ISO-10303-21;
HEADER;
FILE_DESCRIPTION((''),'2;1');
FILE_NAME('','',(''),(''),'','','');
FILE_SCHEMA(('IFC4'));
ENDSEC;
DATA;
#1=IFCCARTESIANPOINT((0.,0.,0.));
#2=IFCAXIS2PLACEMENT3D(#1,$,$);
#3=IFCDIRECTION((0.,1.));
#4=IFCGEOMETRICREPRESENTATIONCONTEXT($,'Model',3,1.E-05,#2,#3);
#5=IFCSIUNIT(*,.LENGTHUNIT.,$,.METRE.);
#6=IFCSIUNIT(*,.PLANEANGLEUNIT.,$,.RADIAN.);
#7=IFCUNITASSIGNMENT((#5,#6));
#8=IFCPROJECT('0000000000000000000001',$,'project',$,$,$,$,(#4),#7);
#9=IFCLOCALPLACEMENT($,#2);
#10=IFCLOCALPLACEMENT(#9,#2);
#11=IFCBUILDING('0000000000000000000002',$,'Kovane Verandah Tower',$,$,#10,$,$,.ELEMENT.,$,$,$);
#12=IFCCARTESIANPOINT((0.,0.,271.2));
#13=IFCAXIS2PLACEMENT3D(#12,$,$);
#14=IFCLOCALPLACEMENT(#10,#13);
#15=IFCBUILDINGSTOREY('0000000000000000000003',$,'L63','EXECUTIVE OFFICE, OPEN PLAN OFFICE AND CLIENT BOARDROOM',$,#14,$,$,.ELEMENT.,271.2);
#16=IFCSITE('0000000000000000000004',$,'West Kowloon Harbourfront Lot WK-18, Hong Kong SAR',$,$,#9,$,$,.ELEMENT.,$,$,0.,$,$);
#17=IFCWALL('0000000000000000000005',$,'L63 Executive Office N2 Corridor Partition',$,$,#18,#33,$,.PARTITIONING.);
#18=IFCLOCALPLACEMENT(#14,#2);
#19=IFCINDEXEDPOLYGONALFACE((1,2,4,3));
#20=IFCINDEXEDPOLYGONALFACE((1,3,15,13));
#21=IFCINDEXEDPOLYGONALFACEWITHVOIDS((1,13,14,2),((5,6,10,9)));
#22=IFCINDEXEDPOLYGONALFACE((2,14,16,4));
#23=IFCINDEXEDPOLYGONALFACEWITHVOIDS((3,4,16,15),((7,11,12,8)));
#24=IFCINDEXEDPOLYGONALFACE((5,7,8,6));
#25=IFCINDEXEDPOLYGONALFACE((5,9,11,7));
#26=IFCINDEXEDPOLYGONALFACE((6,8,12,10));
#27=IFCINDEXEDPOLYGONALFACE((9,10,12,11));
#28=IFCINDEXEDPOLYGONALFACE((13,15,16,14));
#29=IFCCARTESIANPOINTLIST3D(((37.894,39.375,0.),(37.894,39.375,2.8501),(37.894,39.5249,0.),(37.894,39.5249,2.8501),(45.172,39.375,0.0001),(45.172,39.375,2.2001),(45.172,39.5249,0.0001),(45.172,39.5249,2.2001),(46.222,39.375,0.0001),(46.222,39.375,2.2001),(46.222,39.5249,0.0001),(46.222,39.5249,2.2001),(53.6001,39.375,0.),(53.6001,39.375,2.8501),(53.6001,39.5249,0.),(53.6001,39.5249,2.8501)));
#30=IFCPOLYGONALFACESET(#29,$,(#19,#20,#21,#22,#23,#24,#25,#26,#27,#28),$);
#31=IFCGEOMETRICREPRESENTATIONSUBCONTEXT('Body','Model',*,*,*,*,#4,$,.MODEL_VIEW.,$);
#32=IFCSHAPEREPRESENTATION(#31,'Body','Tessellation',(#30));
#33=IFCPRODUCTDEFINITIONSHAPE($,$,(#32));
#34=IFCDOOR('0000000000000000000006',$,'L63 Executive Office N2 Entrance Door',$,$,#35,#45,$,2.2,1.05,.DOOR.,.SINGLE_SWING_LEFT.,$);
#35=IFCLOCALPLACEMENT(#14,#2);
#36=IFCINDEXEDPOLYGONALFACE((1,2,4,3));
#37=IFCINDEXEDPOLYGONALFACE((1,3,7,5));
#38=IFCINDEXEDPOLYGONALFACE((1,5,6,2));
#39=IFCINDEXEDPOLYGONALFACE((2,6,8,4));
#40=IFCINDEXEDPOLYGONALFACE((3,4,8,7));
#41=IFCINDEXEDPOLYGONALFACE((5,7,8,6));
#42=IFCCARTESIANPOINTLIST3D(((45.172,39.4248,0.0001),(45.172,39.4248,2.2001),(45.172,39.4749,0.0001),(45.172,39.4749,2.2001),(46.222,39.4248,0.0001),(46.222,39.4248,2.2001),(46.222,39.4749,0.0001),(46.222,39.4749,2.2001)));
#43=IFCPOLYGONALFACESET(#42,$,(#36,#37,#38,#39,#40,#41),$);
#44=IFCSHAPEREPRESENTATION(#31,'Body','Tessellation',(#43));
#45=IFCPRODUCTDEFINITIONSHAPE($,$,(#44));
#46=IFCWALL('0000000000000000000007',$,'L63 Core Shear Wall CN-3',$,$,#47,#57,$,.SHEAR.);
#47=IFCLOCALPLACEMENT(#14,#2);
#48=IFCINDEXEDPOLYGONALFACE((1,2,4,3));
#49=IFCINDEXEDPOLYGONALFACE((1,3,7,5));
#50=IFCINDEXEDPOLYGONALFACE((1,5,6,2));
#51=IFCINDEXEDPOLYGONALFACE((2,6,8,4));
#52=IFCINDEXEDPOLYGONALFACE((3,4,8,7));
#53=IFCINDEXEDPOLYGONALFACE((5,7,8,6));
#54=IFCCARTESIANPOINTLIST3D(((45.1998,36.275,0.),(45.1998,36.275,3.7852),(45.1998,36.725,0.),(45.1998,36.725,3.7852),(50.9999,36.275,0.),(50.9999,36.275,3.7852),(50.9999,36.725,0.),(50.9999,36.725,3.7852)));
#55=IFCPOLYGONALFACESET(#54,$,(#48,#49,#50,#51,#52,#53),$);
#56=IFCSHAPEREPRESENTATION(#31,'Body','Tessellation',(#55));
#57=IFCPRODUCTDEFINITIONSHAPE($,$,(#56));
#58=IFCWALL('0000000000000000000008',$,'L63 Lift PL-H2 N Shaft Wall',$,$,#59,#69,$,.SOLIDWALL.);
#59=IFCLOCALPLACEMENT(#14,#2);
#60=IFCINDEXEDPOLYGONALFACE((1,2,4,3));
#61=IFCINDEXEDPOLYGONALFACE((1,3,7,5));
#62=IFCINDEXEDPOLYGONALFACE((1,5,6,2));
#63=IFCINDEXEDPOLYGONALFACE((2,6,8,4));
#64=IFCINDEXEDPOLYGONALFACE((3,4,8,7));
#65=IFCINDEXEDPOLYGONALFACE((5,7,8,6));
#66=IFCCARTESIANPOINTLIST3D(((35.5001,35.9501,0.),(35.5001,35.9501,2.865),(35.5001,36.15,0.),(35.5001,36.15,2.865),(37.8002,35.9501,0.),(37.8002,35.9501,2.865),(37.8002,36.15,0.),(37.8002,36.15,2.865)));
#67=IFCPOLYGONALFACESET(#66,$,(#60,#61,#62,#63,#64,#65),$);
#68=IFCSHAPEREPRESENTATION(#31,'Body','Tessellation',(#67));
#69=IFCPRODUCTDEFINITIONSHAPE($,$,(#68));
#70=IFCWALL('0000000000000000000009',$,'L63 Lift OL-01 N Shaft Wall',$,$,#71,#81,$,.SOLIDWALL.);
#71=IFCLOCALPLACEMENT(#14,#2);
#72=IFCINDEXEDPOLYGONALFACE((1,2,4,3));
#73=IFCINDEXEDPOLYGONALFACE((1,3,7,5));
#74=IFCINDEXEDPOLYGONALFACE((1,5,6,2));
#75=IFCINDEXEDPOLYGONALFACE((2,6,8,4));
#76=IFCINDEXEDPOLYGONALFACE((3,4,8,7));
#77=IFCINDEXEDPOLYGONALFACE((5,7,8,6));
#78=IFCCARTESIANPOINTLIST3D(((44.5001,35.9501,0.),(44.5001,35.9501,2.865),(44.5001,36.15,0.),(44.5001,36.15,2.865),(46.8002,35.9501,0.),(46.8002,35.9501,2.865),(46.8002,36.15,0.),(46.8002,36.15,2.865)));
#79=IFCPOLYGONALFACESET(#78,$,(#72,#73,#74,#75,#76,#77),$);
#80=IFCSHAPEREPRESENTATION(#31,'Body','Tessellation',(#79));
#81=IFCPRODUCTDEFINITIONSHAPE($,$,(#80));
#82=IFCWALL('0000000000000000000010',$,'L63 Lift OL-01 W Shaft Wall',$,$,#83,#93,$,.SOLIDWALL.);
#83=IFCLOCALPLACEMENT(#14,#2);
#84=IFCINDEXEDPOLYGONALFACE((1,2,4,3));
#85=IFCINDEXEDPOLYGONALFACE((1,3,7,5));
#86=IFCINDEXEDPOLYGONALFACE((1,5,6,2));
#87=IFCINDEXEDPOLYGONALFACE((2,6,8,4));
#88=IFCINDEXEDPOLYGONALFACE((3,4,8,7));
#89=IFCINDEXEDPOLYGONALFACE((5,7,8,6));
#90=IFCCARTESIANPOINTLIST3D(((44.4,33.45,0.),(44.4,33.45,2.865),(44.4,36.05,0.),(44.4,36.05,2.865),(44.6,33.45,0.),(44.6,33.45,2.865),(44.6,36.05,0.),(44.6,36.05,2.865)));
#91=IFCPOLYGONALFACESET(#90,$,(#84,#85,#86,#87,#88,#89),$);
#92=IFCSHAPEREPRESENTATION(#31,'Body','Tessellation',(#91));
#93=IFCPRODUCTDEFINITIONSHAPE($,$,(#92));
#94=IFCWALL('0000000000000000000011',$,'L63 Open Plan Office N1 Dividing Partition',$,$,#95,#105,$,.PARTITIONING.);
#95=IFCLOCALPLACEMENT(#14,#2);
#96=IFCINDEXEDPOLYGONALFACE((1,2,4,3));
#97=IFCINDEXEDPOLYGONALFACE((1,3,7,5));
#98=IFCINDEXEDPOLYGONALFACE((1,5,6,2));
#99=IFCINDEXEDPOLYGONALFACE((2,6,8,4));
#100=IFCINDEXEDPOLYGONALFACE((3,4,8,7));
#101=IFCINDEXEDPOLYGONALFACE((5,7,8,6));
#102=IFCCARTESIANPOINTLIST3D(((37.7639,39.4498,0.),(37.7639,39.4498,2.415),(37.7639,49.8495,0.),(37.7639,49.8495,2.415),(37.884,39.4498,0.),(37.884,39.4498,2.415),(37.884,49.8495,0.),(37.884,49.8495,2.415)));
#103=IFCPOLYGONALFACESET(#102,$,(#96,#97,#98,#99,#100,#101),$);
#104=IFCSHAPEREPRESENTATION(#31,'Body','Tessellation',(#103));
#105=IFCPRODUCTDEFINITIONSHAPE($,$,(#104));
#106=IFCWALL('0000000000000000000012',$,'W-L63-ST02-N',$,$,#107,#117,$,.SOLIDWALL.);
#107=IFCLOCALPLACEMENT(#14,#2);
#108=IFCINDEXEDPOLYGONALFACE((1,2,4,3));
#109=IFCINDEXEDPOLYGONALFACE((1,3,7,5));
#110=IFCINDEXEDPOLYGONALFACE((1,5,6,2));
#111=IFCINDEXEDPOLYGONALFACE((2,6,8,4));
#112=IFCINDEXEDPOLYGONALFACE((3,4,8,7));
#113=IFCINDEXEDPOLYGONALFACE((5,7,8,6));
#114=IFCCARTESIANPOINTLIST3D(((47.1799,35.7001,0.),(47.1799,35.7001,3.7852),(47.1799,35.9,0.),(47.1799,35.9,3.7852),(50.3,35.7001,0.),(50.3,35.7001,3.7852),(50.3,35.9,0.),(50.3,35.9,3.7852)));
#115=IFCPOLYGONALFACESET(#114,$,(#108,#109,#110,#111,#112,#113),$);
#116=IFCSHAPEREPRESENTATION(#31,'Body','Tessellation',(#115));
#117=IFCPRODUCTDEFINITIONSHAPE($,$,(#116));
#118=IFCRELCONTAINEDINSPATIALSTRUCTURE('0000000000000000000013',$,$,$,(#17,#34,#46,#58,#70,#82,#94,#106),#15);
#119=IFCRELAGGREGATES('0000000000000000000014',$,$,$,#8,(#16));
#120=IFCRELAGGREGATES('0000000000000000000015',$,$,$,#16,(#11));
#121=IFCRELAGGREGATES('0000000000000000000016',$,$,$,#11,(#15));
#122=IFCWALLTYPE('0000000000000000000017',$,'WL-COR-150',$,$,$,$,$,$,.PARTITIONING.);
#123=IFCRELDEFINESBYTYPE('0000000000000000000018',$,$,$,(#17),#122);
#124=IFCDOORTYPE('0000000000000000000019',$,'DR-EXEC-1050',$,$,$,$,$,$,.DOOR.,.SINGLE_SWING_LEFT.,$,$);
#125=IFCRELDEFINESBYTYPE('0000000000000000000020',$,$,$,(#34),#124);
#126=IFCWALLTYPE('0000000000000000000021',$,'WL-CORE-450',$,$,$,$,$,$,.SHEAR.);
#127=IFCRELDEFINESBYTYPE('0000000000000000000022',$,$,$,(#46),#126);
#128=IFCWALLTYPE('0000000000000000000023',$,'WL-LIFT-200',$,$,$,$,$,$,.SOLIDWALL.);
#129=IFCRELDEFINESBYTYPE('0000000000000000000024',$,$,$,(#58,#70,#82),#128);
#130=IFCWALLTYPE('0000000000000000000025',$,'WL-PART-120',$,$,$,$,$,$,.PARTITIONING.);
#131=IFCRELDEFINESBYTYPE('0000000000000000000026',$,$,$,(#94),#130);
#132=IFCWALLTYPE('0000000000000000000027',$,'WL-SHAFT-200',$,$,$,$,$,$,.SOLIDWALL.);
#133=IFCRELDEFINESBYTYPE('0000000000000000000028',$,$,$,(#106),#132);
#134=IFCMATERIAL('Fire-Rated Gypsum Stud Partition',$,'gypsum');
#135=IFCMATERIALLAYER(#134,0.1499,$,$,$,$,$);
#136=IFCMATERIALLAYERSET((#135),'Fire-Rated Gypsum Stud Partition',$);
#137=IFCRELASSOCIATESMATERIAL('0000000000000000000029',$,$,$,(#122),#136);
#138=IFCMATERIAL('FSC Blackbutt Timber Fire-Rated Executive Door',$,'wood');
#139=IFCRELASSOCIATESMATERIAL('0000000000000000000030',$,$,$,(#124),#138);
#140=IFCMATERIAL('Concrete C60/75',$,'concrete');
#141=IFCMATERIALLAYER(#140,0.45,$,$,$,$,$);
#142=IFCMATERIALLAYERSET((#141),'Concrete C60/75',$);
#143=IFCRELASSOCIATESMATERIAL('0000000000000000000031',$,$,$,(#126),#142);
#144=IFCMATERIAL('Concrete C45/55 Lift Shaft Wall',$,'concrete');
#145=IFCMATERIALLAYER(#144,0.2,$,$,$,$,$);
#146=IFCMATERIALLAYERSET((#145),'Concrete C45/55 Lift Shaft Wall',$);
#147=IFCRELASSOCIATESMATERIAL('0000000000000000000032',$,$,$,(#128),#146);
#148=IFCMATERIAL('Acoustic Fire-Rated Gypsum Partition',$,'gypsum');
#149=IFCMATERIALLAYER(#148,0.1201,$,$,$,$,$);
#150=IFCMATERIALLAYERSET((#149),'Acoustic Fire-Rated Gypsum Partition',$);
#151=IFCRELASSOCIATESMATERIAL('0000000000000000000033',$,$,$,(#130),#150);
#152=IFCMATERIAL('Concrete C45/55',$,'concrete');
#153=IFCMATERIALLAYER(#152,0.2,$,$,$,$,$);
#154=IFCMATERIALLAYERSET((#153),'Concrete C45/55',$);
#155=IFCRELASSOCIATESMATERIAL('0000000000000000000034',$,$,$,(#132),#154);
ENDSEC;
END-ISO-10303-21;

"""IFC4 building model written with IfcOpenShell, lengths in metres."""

from ifc_helpers import new_model, si_unit, direction, frame, frame_2d, origin, place, context, subcontext, project, spatial, rectangle, extrude, material, layer, layer_set, type_object, element, fill, save


model = new_model("IFC4")

# Units and contexts
model_context = context("Model", 3, precision=1e-05, world=origin(), true_north=direction((0.0, 1.0)))
body_context = subcontext(model_context, "Body", "Model", "MODEL_VIEW")
ifc_project = project(units=[si_unit("LENGTHUNIT", "METRE"), si_unit("PLANEANGLEUNIT", "RADIAN")], contexts=[model_context])

# Site, building, storey
site_placement = place(None, origin())
site = spatial("IfcSite", under=ifc_project, at=site_placement, Name="West Kowloon Harbourfront Lot WK-18, Hong Kong SAR", CompositionType="ELEMENT", RefElevation=0.0)
building_placement = place(site_placement, origin())
building = spatial("IfcBuilding", under=site, at=building_placement, Name="Kovane Verandah Tower", CompositionType="ELEMENT")
storey_placement = place(building_placement, frame((0.0, 0.0, 271.2)))
storey = spatial("IfcBuildingStorey", under=building, at=storey_placement, Name="L63", Description="EXECUTIVE OFFICE, OPEN PLAN OFFICE AND CLIENT BOARDROOM", CompositionType="ELEMENT", Elevation=271.2)

# Shared definitions
ifc_material_1 = material(Name="Concrete C60/75", Category="concrete")

# Shared definitions
ifc_material_2 = material(Name="Fire-Rated Gypsum Stud Partition", Category="gypsum")
ifc_layer_1 = layer(ifc_material_2, 0.1499)
ifc_layer_set_1 = layer_set([ifc_layer_1], Name="Fire-Rated Gypsum Stud Partition")
wall_type_1 = type_object("IfcWallType", Name="WL-COR-150", PredefinedType="PARTITIONING", material=ifc_layer_set_1)

# Wall, opening, door
wall_1_placement = place(storey_placement, frame((37.894, 39.45, 0.0), z_axis=(0.0, 0.0, 1.0), x_axis=(1.0, 0.0, 0.0)))
wall_1 = element("IfcWall", 1, at=wall_1_placement, inside=storey, type_object=wall_type_1, Name="L63 Executive Office N2 Corridor Partition", PredefinedType="PARTITIONING", context=body_context, shape_type="SweptSolid", body=[
    extrude(rectangle(XDim=15.7061, YDim=0.1499, at=frame_2d((7.853, 0.0))), origin(), (0.0, 0.0, 1.0), 2.8501),
])
opening_1_placement = place(wall_1_placement, frame((7.2781, 0.0, 0.0)))
opening_1 = element("IfcOpeningElement", 2, at=opening_1_placement, cuts=wall_1, PredefinedType="OPENING", context=body_context, shape_type="SweptSolid", body=[
    extrude(rectangle(XDim=1.05, YDim=2.2, at=frame_2d((0.5249, 1.1001))), frame((0.0, 0.075, 0.0), z_axis=(0.0, -1.0, 0.0), x_axis=(1.0, 0.0, 0.0)), (0.0, 0.0, 1.0), 0.1499),
])
ifc_material_3 = material(Name="FSC Blackbutt Timber Fire-Rated Executive Door", Category="wood")
door_type_1 = type_object("IfcDoorType", Name="DR-EXEC-1050", OperationType="SINGLE_SWING_LEFT", PredefinedType="DOOR", material=ifc_material_3)
door_1_placement = place(opening_1_placement, origin())
door_1 = element("IfcDoor", 3, at=door_1_placement, inside=storey, type_object=door_type_1, Name="L63 Executive Office N2 Entrance Door", OperationType="SINGLE_SWING_LEFT", OverallHeight=2.2, OverallWidth=1.05, PredefinedType="DOOR", context=body_context, shape_type="SweptSolid", body=[
    extrude(rectangle(XDim=1.05, YDim=2.2, at=frame_2d((0.5249, 1.1001))), frame((0.0, 0.0249, 0.0), z_axis=(0.0, -1.0, 0.0), x_axis=(1.0, 0.0, 0.0)), (0.0, 0.0, 1.0), 0.05),
])
fill(opening_1, door_1)
ifc_layer_2 = layer(ifc_material_1, 0.45)
ifc_layer_set_2 = layer_set([ifc_layer_2], Name="Concrete C60/75")
wall_type_2 = type_object("IfcWallType", Name="WL-CORE-450", PredefinedType="SHEAR", material=ifc_layer_set_2)

# Walls
wall_2_placement = place(storey_placement, frame((45.2, 36.5, 0.0), z_axis=(0.0, 0.0, 1.0), x_axis=(1.0, 0.0, 0.0)))
element("IfcWall", 4, at=wall_2_placement, inside=storey, type_object=wall_type_2, Name="L63 Core Shear Wall CN-3", PredefinedType="SHEAR", context=body_context, shape_type="SweptSolid", body=[
    extrude(rectangle(XDim=5.8, YDim=0.45, at=frame_2d((2.8999, 0.0))), origin(), (0.0, 0.0, 1.0), 3.7852),
])
ifc_material_4 = material(Name="Concrete C45/55 Lift Shaft Wall", Category="concrete")
ifc_layer_3 = layer(ifc_material_4, 0.2)
ifc_layer_set_3 = layer_set([ifc_layer_3], Name="Concrete C45/55 Lift Shaft Wall")
wall_type_3 = type_object("IfcWallType", Name="WL-LIFT-200", PredefinedType="SOLIDWALL", material=ifc_layer_set_3)
for number, where, z_axis, x_axis, name in (
    (5, (37.8, 36.05, 0.0), (0.0, 0.0, 1.0), (-1.0, 0.0, 0.0), "L63 Lift PL-H2 N Shaft Wall"),
    (6, (46.8, 36.05, 0.0), (0.0, 0.0, 1.0), (-1.0, 0.0, 0.0), "L63 Lift OL-01 N Shaft Wall"),
):
    element("IfcWall", number, at=place(storey_placement, frame(where, z_axis=z_axis, x_axis=x_axis)), inside=storey, type_object=wall_type_3, Name=name, PredefinedType="SOLIDWALL", context=body_context, shape_type="SweptSolid", body=[
        extrude(rectangle(XDim=2.3, YDim=0.2, at=frame_2d((1.1499, 0.0))), origin(), (0.0, 0.0, 1.0), 2.865),
    ])
wall_3_placement = place(storey_placement, frame((44.5, 36.05, 0.0), z_axis=(0.0, 0.0, 1.0), x_axis=(0.0, -1.0, 0.0)))
element("IfcWall", 7, at=wall_3_placement, inside=storey, type_object=wall_type_3, Name="L63 Lift OL-01 W Shaft Wall", PredefinedType="SOLIDWALL", context=body_context, shape_type="SweptSolid", body=[
    extrude(rectangle(XDim=2.6001, YDim=0.2, at=frame_2d((1.3, 0.0))), origin(), (0.0, 0.0, 1.0), 2.865),
])
ifc_material_5 = material(Name="Acoustic Fire-Rated Gypsum Partition", Category="gypsum")
ifc_layer_4 = layer(ifc_material_5, 0.1201)
ifc_layer_set_4 = layer_set([ifc_layer_4], Name="Acoustic Fire-Rated Gypsum Partition")
wall_type_4 = type_object("IfcWallType", Name="WL-PART-120", PredefinedType="PARTITIONING", material=ifc_layer_set_4)
wall_4_placement = place(storey_placement, frame((37.824, 39.45, 0.0), z_axis=(0.0, 0.0, 1.0), x_axis=(0.0, 1.0, 0.0)))
element("IfcWall", 8, at=wall_4_placement, inside=storey, type_object=wall_type_4, Name="L63 Open Plan Office N1 Dividing Partition", PredefinedType="PARTITIONING", context=body_context, shape_type="SweptSolid", body=[
    extrude(rectangle(XDim=10.3997, YDim=0.1201, at=frame_2d((5.1997, 0.0))), origin(), (0.0, 0.0, 1.0), 2.415),
])
ifc_material_6 = material(Name="Concrete C45/55", Category="concrete")
ifc_layer_5 = layer(ifc_material_6, 0.2)
ifc_layer_set_5 = layer_set([ifc_layer_5], Name="Concrete C45/55")
wall_type_5 = type_object("IfcWallType", Name="WL-SHAFT-200", PredefinedType="SOLIDWALL", material=ifc_layer_set_5)
wall_5_placement = place(storey_placement, frame((47.1799, 35.8, 0.0), z_axis=(0.0, 0.0, 1.0), x_axis=(1.0, 0.0, 0.0)))
element("IfcWall", 9, at=wall_5_placement, inside=storey, type_object=wall_type_5, Name="W-L63-ST02-N", PredefinedType="SOLIDWALL", context=body_context, shape_type="SweptSolid", body=[
    extrude(rectangle(XDim=3.1201, YDim=0.2, at=frame_2d((1.5601, 0.0))), origin(), (0.0, 0.0, 1.0), 3.7852),
])

save(model, "model.ifc")
